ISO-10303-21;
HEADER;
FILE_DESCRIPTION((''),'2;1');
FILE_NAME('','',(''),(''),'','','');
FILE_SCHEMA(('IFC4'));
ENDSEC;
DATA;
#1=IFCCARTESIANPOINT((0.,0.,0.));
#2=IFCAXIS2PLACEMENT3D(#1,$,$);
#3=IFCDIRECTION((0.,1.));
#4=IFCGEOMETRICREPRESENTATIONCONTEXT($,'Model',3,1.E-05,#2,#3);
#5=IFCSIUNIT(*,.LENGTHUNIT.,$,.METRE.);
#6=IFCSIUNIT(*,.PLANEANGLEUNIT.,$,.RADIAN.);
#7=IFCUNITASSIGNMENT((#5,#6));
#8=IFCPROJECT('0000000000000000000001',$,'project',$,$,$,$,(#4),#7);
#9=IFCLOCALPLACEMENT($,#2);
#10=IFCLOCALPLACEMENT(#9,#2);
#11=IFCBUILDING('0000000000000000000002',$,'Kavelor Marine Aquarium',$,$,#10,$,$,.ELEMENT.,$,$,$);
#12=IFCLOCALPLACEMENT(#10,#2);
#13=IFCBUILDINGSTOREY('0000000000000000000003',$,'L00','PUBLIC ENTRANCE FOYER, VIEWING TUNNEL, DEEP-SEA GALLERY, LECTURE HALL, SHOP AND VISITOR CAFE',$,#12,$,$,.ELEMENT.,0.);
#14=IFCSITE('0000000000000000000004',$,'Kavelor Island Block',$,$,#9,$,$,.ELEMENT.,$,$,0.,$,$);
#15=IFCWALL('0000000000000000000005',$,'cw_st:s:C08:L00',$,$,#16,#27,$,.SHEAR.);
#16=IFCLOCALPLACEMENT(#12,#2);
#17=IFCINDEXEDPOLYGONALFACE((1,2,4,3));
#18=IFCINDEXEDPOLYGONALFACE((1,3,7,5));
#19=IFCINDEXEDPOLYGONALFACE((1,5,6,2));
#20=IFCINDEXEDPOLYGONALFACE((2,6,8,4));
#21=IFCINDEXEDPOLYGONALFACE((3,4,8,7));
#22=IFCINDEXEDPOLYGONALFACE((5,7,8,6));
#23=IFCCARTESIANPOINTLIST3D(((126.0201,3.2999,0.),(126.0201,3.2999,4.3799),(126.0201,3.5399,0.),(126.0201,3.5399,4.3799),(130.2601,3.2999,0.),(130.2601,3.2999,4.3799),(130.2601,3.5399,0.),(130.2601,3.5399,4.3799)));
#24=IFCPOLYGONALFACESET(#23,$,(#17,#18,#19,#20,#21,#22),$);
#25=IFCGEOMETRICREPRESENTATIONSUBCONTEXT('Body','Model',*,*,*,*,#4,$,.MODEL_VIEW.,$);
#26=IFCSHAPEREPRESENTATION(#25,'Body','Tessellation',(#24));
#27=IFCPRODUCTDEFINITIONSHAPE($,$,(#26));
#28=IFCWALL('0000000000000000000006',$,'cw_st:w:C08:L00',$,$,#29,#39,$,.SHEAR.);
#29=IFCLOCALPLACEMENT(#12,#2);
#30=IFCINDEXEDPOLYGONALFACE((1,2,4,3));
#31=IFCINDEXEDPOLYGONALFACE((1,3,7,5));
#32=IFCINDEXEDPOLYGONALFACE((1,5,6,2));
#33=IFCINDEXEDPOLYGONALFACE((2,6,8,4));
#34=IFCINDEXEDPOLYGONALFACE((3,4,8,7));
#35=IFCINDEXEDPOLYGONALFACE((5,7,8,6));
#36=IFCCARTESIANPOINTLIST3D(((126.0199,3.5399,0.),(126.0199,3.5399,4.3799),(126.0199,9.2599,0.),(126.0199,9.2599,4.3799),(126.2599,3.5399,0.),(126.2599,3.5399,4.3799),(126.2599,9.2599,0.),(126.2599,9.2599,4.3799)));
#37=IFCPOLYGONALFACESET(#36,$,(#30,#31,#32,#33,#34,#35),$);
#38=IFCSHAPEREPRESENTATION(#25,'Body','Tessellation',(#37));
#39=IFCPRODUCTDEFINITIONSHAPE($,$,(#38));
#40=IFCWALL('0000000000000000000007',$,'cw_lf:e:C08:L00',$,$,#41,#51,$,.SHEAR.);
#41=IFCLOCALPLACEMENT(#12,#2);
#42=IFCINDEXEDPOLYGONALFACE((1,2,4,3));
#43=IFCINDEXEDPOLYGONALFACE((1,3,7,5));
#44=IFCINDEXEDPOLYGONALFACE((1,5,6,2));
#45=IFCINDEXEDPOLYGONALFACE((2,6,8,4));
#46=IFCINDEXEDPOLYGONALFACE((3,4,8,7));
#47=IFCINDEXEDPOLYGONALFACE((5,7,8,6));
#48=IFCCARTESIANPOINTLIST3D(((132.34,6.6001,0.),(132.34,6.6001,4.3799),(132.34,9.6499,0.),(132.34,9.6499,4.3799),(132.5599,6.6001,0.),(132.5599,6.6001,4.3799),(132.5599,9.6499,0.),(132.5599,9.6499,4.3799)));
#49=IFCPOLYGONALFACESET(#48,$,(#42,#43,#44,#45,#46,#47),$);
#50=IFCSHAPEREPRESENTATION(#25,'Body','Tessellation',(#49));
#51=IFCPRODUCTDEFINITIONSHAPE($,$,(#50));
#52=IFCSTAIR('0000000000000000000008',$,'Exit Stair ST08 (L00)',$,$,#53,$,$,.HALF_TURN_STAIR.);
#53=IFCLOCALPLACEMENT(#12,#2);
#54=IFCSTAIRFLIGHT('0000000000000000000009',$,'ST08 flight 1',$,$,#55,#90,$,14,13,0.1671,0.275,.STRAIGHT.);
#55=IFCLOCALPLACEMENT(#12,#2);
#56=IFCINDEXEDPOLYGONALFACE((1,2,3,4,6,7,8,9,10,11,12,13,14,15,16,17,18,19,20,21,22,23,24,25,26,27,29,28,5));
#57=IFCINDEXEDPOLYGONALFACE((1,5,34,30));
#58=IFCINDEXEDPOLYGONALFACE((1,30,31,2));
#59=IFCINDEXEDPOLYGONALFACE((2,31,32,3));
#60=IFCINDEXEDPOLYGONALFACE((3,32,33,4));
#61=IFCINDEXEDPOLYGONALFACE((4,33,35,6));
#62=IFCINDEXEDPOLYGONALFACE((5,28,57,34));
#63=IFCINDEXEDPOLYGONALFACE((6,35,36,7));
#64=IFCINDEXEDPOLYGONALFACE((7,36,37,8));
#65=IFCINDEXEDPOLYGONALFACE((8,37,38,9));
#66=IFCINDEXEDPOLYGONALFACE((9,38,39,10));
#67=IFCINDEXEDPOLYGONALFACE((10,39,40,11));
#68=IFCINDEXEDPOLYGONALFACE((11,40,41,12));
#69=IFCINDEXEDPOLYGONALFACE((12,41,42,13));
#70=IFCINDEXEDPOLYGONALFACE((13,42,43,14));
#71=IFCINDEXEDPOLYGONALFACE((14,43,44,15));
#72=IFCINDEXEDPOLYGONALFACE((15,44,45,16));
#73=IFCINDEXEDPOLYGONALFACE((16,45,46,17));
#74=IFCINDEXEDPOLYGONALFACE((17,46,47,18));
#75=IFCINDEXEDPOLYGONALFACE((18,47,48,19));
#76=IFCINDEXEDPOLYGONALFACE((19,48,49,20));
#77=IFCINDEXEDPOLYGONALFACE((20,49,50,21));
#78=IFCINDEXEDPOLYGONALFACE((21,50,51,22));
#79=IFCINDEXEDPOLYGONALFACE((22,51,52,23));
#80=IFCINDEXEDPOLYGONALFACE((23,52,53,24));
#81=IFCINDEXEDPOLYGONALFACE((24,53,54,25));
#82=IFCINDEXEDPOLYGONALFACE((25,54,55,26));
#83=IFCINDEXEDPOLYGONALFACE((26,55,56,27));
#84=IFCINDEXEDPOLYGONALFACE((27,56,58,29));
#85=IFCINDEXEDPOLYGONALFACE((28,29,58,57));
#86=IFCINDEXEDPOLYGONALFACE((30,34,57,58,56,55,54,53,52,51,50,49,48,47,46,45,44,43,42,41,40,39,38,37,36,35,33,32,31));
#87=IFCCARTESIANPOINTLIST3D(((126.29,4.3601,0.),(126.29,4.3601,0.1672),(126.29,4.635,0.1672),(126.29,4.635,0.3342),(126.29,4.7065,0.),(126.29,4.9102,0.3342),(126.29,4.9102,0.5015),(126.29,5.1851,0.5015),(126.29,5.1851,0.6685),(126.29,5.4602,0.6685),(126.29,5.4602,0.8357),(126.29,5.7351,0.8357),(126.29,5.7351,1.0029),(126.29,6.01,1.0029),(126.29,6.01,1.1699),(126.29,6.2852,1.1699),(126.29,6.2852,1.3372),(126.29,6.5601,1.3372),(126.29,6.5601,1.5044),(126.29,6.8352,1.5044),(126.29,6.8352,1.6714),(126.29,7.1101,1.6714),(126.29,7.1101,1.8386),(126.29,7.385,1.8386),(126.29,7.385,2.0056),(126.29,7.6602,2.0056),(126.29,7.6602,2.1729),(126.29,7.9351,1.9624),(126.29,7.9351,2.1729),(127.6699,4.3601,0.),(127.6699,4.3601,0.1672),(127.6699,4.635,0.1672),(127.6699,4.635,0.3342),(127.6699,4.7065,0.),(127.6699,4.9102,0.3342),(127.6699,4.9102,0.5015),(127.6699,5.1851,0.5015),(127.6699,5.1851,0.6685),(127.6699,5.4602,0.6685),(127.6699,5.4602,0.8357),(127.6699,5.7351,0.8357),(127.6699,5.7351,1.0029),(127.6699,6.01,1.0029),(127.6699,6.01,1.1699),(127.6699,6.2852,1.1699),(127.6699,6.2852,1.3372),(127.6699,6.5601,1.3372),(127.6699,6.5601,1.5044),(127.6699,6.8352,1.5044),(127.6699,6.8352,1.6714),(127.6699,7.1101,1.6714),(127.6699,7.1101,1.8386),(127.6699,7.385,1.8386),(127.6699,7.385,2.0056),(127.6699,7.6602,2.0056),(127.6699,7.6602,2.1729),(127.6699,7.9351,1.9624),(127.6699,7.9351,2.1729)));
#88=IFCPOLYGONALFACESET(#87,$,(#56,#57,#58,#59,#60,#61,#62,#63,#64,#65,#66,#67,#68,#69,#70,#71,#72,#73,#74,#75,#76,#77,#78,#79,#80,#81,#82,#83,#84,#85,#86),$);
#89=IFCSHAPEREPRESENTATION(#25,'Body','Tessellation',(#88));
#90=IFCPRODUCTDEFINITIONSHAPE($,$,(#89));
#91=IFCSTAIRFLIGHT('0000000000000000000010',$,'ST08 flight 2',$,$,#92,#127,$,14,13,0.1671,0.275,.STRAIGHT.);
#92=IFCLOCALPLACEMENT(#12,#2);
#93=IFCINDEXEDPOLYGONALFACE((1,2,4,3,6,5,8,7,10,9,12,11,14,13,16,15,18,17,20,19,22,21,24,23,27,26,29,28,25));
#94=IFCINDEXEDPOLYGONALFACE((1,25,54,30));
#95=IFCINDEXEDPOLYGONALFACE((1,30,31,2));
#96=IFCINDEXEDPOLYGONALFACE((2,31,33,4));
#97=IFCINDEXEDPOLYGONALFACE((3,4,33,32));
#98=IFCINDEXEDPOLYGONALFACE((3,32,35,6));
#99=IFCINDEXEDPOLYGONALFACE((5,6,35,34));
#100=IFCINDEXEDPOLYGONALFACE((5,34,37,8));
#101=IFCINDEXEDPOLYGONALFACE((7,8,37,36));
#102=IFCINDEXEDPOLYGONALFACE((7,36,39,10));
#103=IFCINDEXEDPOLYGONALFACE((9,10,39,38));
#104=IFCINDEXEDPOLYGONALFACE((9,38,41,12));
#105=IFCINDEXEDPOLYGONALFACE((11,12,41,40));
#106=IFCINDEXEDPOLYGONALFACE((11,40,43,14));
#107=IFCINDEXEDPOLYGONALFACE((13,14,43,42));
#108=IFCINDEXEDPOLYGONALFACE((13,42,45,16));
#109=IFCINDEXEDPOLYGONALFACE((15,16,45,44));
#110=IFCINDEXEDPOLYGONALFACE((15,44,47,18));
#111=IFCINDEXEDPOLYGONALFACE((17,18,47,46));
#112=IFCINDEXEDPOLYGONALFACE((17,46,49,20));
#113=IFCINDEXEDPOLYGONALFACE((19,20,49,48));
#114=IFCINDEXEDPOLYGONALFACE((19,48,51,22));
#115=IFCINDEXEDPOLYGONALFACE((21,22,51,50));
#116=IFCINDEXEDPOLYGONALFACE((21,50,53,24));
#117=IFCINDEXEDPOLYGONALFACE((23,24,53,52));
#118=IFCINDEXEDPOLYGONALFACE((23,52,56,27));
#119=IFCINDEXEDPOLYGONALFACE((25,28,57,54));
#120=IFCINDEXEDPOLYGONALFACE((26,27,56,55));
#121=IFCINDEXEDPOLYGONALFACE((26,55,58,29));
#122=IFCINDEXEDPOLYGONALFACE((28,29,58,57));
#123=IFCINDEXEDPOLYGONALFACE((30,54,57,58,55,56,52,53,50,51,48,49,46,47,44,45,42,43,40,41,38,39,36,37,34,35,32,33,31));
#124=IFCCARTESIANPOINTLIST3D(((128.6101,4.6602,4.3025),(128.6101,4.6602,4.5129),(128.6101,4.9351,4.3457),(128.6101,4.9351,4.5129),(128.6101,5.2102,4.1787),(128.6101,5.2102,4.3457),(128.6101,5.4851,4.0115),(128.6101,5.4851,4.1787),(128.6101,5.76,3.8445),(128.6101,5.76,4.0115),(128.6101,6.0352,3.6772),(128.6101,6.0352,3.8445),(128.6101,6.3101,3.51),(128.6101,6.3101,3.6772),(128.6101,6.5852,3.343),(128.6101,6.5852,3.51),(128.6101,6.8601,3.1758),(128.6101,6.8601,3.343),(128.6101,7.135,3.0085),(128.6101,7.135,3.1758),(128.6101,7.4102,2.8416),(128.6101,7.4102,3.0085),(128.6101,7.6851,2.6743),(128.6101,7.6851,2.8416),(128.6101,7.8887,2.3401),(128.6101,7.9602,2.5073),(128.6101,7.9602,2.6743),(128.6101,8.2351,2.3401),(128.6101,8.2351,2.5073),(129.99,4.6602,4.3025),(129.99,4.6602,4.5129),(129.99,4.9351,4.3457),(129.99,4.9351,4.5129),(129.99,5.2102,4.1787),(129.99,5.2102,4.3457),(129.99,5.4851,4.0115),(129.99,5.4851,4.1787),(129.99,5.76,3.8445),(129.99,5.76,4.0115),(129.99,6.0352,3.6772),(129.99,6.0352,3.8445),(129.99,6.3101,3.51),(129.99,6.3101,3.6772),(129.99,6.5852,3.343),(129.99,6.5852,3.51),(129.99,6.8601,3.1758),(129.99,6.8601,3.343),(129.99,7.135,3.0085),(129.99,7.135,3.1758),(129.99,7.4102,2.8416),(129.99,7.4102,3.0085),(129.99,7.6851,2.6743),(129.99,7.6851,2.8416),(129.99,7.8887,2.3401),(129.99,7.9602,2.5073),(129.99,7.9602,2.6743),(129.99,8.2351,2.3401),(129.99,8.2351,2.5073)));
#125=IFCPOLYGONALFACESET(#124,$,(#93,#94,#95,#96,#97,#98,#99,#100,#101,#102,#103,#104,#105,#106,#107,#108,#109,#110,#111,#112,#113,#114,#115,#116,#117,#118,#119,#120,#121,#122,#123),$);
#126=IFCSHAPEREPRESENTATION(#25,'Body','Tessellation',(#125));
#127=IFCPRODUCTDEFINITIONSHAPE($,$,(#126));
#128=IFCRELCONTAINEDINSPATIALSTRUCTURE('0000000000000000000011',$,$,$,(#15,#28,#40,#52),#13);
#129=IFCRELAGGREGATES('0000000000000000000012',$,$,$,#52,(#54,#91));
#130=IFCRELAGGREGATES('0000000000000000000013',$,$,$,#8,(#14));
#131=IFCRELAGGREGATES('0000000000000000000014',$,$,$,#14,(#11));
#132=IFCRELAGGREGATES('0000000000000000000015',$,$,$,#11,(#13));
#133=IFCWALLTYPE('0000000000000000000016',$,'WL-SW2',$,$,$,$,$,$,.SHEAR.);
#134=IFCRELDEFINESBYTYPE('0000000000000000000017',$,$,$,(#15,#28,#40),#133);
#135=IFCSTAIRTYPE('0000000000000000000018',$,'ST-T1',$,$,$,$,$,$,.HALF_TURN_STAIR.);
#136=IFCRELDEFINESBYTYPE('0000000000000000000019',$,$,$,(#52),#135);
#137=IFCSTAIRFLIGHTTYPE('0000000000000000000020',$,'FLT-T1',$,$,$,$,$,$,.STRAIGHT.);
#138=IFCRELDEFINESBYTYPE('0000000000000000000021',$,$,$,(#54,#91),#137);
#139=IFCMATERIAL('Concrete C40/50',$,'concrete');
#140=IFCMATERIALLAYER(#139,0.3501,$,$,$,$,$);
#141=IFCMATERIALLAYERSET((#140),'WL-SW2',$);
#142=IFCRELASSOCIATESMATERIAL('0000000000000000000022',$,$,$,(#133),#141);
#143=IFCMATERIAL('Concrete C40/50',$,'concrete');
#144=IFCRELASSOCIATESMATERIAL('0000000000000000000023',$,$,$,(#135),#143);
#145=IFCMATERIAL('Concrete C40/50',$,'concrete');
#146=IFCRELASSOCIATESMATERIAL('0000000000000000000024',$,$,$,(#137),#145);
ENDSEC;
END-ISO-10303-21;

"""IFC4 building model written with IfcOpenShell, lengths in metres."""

from ifc_helpers import new_model, si_unit, direction, frame, frame_2d, origin, place, context, subcontext, project, spatial, polyline, rectangle, outline, extrude, material, layer, layer_set, type_object, element, aggregate, save


model = new_model("IFC4")

# Units and contexts
model_context = context("Model", 3, precision=1e-05, world=origin(), true_north=direction((0.0, 1.0)))
body_context = subcontext(model_context, "Body", "Model", "MODEL_VIEW")
ifc_project = project(units=[si_unit("LENGTHUNIT", "METRE"), si_unit("PLANEANGLEUNIT", "RADIAN")], contexts=[model_context])

# Site, building, storey
site_placement = place(None, origin())
site = spatial("IfcSite", under=ifc_project, at=site_placement, Name="Kavelor Island Block", CompositionType="ELEMENT", RefElevation=0.0)
building_placement = place(site_placement, origin())
building = spatial("IfcBuilding", under=site, at=building_placement, Name="Kavelor Marine Aquarium", CompositionType="ELEMENT")
storey_placement = place(building_placement, origin())
storey = spatial("IfcBuildingStorey", under=building, at=storey_placement, Name="L00", Description="PUBLIC ENTRANCE FOYER, VIEWING TUNNEL, DEEP-SEA GALLERY, LECTURE HALL, SHOP AND VISITOR CAFE", CompositionType="ELEMENT", Elevation=0.0)

# Walls
ifc_material_1 = material(Name="Concrete C40/50", Category="concrete")
ifc_layer_1 = layer(ifc_material_1, 0.3501)
ifc_layer_set_1 = layer_set([ifc_layer_1], Name="WL-SW2")
wall_type_1 = type_object("IfcWallType", Name="WL-SW2", PredefinedType="SHEAR", material=ifc_layer_set_1)
wall_1_placement = place(storey_placement, frame((126.02, 3.4199, 0.0), z_axis=(0.0, 0.0, 1.0), x_axis=(1.0, 0.0, 0.0)))
element("IfcWall", 1, at=wall_1_placement, inside=storey, type_object=wall_type_1, Name="cw_st:s:C08:L00", PredefinedType="SHEAR", context=body_context, shape_type="SweptSolid", body=[
    extrude(rectangle(XDim=4.24, YDim=0.24, at=frame_2d((2.1201, 0.0))), origin(), (0.0, 0.0, 1.0), 4.3799),
])
wall_2_placement = place(storey_placement, frame((126.1399, 3.54, 0.0), z_axis=(0.0, 0.0, 1.0), x_axis=(0.0, 1.0, 0.0)))
element("IfcWall", 2, at=wall_2_placement, inside=storey, type_object=wall_type_1, Name="cw_st:w:C08:L00", PredefinedType="SHEAR", context=body_context, shape_type="SweptSolid", body=[
    extrude(rectangle(XDim=5.72, YDim=0.24, at=frame_2d((2.8599, 0.0))), origin(), (0.0, 0.0, 1.0), 4.3799),
])

# Wall
wall_3_placement = place(storey_placement, frame((132.45, 6.6001, 0.0), z_axis=(0.0, 0.0, 1.0), x_axis=(0.0, 1.0, 0.0)))
element("IfcWall", 3, at=wall_3_placement, inside=storey, type_object=wall_type_1, Name="cw_lf:e:C08:L00", PredefinedType="SHEAR", context=body_context, shape_type="SweptSolid", body=[
    extrude(rectangle(XDim=3.0498, YDim=0.22, at=frame_2d((1.5249, 0.0))), origin(), (0.0, 0.0, 1.0), 4.3799),
])

# Stair, stair flights
ifc_material_2 = material(Name="Concrete C40/50", Category="concrete")
stair_type = type_object("IfcStairType", Name="ST-T1", PredefinedType="HALF_TURN_STAIR", material=ifc_material_2)
stair_placement = place(storey_placement, origin())
stair = element("IfcStair", 4, at=stair_placement, inside=storey, type_object=stair_type, Name="Exit Stair ST08 (L00)", PredefinedType="HALF_TURN_STAIR")
ifc_material_3 = material(Name="Concrete C40/50", Category="concrete")
stair_flight_type = type_object("IfcStairFlightType", Name="FLT-T1", PredefinedType="STRAIGHT", material=ifc_material_3)
stair_flight_1_placement = place(storey_placement, frame((126.98, 4.3601, 0.0), z_axis=(0.0, 0.0, 1.0), x_axis=(0.0, 1.0, 0.0)))
stair_flight_1 = element("IfcStairFlight", 5, at=stair_flight_1_placement, type_object=stair_flight_type, Name="ST08 flight 1", NumberOfRisers=14, NumberOfTreads=13, PredefinedType="STRAIGHT", RiserHeight=0.1671, TreadLength=0.275, context=body_context, shape_type="SweptSolid", body=[
    extrude(outline(polyline([(0.0, 0.0), (0.0, 0.1672), (0.2749, 0.1672), (0.2749, 0.3342), (0.55, 0.3342), (0.55, 0.5015), (0.825, 0.5015), (0.825, 0.6685), (1.1001, 0.6685), (1.1001, 0.8357), (1.375, 0.8357), (1.375, 1.0029), (1.6499, 1.0029), (1.6499, 1.1699), (1.925, 1.1699), (1.925, 1.3372), (2.2, 1.3372), (2.2, 1.5044), (2.4751, 1.5044), (2.4751, 1.6714), (2.75, 1.6714), (2.75, 1.8386), (3.0249, 1.8386), (3.0249, 2.0056), (3.3, 2.0056), (3.3, 2.1729), (3.575, 2.1729), (3.575, 2.3401), (3.575, 1.9624), (0.3464, 0.0), (0.0, 0.0)])), frame((0.0, 0.6899, 0.0), z_axis=(0.0, -1.0, 0.0), x_axis=(1.0, 0.0, 0.0)), (0.0, 0.0, 1.0), 1.3799),
])
stair_flight_2_placement = place(storey_placement, frame((129.3, 8.2351, 2.3401), z_axis=(0.0, 0.0, 1.0), x_axis=(0.0, -1.0, 0.0)))
stair_flight_2 = element("IfcStairFlight", 6, at=stair_flight_2_placement, type_object=stair_flight_type, Name="ST08 flight 2", NumberOfRisers=14, NumberOfTreads=13, PredefinedType="STRAIGHT", RiserHeight=0.1671, TreadLength=0.275, context=body_context, shape_type="SweptSolid", body=[
    extrude(outline(polyline([(0.0, 0.0), (0.0, 0.1672), (0.2749, 0.1672), (0.2749, 0.3342), (0.55, 0.3342), (0.55, 0.5015), (0.825, 0.5015), (0.825, 0.6685), (1.1001, 0.6685), (1.1001, 0.8357), (1.375, 0.8357), (1.375, 1.0029), (1.6499, 1.0029), (1.6499, 1.1699), (1.925, 1.1699), (1.925, 1.3372), (2.2, 1.3372), (2.2, 1.5044), (2.4751, 1.5044), (2.4751, 1.6714), (2.75, 1.6714), (2.75, 1.8386), (3.0249, 1.8386), (3.0249, 2.0056), (3.3, 2.0056), (3.3, 2.1729), (3.575, 2.1729), (3.575, 2.3401), (3.575, 1.9624), (0.3464, 0.0), (0.0, 0.0)])), frame((0.0, 0.6899, 0.0), z_axis=(0.0, -1.0, 0.0), x_axis=(1.0, 0.0, 0.0)), (0.0, 0.0, 1.0), 1.3799),
])
aggregate(stair, [stair_flight_1, stair_flight_2])

save(model, "model.ifc")
